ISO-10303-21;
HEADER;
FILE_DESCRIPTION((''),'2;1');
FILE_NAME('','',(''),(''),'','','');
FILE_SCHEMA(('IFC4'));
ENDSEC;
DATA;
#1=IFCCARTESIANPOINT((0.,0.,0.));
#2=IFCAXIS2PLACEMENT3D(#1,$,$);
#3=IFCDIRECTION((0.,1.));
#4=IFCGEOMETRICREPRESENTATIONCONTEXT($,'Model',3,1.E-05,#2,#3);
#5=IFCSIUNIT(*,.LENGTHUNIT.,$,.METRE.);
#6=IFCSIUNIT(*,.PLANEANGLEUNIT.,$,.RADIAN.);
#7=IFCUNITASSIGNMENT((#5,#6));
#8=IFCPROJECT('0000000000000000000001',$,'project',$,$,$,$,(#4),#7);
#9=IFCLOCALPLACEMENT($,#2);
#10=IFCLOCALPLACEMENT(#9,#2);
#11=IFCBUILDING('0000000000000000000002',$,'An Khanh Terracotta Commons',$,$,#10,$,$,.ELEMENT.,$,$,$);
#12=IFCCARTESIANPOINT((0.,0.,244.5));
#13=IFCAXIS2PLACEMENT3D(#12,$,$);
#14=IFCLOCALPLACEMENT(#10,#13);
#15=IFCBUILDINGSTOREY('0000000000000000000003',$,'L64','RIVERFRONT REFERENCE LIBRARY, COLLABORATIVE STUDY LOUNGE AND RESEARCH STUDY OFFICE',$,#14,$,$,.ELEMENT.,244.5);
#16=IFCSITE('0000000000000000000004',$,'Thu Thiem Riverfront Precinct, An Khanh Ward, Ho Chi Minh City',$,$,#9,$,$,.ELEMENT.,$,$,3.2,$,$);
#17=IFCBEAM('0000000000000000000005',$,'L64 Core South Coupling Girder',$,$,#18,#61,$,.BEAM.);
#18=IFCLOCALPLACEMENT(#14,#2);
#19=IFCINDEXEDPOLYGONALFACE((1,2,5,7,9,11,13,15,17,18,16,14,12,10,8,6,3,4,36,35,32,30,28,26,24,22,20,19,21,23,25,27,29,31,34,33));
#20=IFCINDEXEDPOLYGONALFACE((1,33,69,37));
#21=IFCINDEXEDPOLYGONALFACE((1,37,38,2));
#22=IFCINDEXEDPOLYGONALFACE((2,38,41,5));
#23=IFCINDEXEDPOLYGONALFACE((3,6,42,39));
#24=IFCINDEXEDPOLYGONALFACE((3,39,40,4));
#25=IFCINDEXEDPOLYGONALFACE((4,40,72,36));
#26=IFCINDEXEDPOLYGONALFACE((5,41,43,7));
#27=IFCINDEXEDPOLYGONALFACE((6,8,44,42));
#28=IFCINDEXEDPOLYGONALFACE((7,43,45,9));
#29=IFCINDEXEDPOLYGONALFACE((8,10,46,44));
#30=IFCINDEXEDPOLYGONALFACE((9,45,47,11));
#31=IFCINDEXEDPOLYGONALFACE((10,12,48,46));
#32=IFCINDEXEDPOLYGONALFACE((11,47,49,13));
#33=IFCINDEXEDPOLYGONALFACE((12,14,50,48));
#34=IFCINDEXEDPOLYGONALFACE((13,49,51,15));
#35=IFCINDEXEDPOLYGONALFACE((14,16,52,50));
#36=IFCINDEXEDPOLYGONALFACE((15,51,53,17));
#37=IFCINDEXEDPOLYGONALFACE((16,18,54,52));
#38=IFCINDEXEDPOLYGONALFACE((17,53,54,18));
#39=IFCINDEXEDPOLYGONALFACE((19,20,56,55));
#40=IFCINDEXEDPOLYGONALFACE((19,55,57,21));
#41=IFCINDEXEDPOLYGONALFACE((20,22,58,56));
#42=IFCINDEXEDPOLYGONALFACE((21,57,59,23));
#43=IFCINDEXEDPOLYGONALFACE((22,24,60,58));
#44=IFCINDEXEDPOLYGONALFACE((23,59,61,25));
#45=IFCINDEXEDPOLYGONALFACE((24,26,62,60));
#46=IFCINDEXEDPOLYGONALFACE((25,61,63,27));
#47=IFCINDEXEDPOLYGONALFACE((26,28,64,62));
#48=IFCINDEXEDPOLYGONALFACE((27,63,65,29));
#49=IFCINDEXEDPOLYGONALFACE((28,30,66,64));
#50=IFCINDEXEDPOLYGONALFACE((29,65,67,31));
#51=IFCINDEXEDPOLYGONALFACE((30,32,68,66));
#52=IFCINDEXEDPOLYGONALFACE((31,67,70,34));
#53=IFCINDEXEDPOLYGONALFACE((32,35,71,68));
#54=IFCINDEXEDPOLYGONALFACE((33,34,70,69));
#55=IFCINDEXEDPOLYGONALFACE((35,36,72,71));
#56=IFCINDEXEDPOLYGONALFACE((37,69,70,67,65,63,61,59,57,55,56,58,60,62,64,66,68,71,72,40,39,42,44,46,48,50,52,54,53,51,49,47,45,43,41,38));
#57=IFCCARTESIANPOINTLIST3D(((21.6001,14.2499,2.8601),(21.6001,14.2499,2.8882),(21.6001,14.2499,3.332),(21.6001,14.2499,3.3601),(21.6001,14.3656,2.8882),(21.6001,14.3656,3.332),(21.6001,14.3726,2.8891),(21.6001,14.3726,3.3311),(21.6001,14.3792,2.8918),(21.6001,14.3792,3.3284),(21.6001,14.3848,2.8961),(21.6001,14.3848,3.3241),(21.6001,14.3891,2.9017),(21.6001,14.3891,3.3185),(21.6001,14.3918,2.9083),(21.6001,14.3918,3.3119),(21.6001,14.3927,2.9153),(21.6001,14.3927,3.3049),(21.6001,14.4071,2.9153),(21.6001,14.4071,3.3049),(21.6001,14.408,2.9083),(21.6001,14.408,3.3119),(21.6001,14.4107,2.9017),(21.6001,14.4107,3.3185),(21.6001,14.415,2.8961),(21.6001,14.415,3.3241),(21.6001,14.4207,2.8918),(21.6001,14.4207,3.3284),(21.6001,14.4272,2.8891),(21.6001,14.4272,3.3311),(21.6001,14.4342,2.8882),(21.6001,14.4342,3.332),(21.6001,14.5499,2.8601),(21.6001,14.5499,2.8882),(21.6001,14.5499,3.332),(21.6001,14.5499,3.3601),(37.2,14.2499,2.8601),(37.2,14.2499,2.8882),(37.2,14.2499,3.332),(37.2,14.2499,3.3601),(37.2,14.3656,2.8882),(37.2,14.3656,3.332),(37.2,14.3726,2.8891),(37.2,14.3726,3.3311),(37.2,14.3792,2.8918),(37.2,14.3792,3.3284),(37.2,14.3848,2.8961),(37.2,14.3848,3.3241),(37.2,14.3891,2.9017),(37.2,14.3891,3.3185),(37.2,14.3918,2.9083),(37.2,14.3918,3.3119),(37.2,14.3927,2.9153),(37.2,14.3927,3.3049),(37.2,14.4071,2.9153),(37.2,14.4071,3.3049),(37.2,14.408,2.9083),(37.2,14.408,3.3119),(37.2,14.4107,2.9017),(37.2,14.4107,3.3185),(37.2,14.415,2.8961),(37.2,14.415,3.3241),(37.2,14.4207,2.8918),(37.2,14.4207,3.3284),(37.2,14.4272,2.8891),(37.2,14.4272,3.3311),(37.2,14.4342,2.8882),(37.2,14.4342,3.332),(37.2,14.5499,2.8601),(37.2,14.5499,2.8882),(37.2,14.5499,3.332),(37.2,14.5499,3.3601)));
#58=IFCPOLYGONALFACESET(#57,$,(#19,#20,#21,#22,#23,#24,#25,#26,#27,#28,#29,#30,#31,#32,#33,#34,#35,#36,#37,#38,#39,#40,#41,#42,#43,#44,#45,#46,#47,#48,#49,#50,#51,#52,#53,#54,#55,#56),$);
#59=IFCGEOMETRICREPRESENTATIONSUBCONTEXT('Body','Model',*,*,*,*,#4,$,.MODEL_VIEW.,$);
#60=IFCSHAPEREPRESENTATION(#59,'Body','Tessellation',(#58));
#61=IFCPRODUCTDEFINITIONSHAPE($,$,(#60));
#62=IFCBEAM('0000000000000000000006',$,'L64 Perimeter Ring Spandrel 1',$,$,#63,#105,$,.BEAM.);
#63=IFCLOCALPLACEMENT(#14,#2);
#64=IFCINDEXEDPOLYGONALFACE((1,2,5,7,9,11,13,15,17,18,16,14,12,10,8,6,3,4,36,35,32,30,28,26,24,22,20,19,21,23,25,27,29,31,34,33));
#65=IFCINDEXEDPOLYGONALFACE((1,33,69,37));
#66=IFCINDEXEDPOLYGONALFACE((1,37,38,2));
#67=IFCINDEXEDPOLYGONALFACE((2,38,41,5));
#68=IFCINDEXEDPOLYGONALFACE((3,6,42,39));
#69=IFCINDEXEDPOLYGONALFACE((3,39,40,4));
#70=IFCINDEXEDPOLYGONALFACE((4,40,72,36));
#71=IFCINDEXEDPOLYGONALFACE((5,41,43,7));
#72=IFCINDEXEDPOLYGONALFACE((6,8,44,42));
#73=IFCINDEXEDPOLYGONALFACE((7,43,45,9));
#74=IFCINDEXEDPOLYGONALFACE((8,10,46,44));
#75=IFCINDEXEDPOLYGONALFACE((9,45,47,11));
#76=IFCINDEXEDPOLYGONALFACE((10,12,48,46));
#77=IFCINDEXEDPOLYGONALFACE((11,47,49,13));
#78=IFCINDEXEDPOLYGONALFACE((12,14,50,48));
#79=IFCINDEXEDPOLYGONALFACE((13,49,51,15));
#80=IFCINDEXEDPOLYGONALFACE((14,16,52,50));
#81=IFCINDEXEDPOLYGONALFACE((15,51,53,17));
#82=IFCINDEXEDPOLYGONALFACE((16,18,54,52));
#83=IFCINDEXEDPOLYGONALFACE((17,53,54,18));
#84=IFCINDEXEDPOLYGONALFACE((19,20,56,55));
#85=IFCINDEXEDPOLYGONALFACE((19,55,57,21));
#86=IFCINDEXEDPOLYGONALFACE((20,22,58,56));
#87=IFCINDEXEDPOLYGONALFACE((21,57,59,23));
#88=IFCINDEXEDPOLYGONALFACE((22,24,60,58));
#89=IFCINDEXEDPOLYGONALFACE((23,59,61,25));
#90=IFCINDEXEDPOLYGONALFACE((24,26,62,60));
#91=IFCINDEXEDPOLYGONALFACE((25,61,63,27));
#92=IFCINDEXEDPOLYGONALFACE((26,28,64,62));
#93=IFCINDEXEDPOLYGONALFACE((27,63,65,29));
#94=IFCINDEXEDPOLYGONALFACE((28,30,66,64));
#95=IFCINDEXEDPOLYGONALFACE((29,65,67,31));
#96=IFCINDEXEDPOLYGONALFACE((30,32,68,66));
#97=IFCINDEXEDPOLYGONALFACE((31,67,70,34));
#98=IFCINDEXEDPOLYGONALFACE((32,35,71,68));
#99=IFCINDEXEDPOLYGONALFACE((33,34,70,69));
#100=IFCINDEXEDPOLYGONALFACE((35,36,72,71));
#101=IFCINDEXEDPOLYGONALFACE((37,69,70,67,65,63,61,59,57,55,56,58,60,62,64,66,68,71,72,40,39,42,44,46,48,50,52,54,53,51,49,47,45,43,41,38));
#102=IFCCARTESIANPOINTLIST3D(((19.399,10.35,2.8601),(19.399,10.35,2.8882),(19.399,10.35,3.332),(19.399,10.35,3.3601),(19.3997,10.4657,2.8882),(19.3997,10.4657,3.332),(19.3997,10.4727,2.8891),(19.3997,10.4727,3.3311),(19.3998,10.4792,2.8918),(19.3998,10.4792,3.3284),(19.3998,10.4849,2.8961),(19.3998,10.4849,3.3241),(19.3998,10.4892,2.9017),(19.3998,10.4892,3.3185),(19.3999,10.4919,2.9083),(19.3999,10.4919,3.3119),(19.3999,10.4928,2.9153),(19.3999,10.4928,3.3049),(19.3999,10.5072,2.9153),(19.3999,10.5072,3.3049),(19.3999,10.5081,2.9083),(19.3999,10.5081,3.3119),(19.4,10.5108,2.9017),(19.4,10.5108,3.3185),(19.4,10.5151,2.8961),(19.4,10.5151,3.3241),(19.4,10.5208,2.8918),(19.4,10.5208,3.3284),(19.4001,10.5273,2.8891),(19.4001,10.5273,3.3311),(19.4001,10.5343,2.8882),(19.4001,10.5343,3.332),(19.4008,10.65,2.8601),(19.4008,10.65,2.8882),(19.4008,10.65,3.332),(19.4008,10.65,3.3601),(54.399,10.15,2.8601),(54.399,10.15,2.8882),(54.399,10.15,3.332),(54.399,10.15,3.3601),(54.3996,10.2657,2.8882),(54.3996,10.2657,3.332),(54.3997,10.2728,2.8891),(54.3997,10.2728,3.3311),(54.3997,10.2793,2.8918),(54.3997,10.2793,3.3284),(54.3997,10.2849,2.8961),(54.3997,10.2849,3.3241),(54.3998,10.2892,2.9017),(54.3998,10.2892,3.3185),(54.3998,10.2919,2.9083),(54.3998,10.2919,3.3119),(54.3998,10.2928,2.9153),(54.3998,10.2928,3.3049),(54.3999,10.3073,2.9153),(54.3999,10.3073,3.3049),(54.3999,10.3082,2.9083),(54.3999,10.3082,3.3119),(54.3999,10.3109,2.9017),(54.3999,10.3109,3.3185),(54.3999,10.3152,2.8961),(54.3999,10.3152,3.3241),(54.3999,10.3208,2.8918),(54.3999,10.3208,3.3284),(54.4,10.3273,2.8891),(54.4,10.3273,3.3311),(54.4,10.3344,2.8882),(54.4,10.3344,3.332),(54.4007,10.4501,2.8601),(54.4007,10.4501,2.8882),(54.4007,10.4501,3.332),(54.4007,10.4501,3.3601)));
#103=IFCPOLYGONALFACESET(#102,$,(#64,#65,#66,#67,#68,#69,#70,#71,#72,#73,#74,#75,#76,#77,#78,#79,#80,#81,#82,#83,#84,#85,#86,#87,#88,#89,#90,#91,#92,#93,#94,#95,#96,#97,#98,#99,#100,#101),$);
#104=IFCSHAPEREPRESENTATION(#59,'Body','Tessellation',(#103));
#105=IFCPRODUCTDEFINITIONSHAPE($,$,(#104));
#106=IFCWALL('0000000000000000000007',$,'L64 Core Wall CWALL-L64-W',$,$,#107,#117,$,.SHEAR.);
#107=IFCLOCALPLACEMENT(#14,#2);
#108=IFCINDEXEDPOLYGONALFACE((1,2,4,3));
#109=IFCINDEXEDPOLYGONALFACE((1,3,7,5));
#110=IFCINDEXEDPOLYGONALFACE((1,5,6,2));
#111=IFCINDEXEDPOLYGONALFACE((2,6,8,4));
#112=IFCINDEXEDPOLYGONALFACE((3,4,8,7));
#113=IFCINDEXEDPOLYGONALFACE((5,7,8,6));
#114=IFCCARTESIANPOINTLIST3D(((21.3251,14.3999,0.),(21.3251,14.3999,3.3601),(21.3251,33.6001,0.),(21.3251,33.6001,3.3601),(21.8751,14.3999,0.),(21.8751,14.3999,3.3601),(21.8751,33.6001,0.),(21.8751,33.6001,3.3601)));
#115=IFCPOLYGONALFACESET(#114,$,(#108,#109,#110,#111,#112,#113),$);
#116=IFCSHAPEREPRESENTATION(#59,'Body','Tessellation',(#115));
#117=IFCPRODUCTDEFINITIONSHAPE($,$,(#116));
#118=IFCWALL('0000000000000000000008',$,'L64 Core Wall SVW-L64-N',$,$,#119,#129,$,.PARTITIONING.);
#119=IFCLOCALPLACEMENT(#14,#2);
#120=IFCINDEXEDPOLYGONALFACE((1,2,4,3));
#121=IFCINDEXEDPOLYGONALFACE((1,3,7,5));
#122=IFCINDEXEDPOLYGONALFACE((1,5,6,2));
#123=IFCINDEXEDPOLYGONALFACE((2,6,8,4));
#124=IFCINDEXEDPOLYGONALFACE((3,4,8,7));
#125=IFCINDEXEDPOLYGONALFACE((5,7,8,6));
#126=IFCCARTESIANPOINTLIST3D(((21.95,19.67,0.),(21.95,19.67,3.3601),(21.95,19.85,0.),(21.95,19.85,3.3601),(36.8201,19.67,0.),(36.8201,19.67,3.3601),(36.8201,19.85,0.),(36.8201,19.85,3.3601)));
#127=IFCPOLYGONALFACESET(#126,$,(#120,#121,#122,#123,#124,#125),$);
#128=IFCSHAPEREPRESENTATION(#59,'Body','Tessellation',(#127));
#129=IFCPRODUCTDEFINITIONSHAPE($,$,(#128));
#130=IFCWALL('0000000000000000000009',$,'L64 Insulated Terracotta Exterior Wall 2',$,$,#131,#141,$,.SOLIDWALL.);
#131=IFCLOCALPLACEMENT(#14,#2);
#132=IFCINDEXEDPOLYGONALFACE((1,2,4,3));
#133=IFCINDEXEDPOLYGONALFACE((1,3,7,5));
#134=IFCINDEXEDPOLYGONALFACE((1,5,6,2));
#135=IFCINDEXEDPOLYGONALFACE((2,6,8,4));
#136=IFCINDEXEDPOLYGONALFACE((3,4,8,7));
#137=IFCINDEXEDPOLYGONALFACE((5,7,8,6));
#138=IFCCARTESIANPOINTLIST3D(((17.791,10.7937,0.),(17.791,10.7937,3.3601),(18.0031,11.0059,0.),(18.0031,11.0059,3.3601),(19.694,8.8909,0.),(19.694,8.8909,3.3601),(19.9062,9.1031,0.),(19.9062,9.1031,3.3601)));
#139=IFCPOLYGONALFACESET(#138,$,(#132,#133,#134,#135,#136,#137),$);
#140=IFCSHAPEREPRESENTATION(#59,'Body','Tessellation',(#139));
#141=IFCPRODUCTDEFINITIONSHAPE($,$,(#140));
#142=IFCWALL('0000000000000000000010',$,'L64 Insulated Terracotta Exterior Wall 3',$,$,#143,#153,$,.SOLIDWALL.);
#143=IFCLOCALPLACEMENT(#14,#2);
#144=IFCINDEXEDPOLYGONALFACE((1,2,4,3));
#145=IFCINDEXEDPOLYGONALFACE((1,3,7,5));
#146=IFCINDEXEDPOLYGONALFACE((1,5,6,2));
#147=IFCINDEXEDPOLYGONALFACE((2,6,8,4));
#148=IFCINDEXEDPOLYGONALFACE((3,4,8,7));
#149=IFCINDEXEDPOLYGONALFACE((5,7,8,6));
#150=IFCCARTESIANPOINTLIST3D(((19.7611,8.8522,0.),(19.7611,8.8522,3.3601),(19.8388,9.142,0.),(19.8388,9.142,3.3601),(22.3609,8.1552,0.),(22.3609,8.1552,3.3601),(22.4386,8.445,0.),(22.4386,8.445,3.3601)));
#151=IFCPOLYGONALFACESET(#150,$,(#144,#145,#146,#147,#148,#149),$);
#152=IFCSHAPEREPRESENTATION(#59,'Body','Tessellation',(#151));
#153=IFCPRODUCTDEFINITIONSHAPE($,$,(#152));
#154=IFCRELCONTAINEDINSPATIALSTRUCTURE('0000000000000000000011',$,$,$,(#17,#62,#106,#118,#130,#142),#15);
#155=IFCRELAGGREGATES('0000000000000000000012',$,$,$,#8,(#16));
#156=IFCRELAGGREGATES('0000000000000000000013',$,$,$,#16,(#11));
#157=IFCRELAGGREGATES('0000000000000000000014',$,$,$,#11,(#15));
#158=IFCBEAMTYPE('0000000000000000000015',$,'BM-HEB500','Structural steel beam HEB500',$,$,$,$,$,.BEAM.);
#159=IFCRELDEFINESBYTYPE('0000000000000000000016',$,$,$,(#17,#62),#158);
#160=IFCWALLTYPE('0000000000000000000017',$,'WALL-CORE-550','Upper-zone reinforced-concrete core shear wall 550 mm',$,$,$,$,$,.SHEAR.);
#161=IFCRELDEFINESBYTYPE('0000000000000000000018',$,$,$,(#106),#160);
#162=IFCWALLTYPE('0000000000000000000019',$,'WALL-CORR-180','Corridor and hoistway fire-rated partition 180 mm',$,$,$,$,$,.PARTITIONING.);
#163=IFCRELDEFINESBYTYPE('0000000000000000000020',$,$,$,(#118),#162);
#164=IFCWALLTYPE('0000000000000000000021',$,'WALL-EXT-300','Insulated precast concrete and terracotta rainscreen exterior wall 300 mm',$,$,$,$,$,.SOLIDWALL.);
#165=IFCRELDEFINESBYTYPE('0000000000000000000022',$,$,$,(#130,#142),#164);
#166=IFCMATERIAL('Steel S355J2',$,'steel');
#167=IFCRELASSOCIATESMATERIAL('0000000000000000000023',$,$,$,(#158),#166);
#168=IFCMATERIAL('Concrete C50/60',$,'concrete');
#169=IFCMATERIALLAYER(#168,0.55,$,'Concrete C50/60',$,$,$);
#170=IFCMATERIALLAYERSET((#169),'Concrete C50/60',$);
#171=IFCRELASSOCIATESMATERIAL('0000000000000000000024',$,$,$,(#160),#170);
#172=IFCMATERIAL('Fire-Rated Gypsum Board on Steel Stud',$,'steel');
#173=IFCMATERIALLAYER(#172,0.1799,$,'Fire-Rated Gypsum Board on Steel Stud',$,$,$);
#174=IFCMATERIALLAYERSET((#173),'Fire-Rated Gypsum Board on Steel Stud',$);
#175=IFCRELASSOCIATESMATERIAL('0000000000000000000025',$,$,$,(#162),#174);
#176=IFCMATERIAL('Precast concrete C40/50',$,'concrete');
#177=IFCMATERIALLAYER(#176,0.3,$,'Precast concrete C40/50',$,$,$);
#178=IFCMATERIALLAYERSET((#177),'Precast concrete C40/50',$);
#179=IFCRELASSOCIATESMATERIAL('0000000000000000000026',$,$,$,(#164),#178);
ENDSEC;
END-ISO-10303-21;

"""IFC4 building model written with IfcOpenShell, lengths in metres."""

from ifc_helpers import new_model, si_unit, direction, frame, frame_2d, origin, origin_2d, place, context, subcontext, project, spatial, rectangle, i_section, extrude, material, layer, layer_set, material_profile, profile_set, type_object, element, save


model = new_model("IFC4")

# Units and contexts
model_context = context("Model", 3, precision=1e-05, world=origin(), true_north=direction((0.0, 1.0)))
body_context = subcontext(model_context, "Body", "Model", "MODEL_VIEW")
ifc_project = project(units=[si_unit("LENGTHUNIT", "METRE"), si_unit("PLANEANGLEUNIT", "RADIAN")], contexts=[model_context])

# Site, building, storey
site_placement = place(None, origin())
site = spatial("IfcSite", under=ifc_project, at=site_placement, Name="Thu Thiem Riverfront Precinct, An Khanh Ward, Ho Chi Minh City", CompositionType="ELEMENT", RefElevation=3.2)
building_placement = place(site_placement, origin())
building = spatial("IfcBuilding", under=site, at=building_placement, Name="An Khanh Terracotta Commons", CompositionType="ELEMENT")
storey_placement = place(building_placement, frame((0.0, 0.0, 244.5)))
storey = spatial("IfcBuildingStorey", under=building, at=storey_placement, Name="L64", Description="RIVERFRONT REFERENCE LIBRARY, COLLABORATIVE STUDY LOUNGE AND RESEARCH STUDY OFFICE", CompositionType="ELEMENT", Elevation=244.5)

# Beams
ifc_material_1 = material(Name="Steel S355J2", Category="steel")
ifc_material_profile_1 = material_profile(ifc_material_1, i_section(OverallWidth=0.3, OverallDepth=0.5, WebThickness=0.0144, FlangeThickness=0.0281, FilletRadius=0.0271, at=origin_2d()), Name="HEB500")
ifc_profile_set_1 = profile_set([ifc_material_profile_1], Name="Steel S355J2")
beam_type_1 = type_object("IfcBeamType", Name="BM-HEB500", Description="Structural steel beam HEB500", PredefinedType="BEAM", material=ifc_profile_set_1)
beam_1_placement = place(storey_placement, frame((21.6001, 14.3999, 3.1101), z_axis=(1.0, 0.0, 0.0), x_axis=(0.0, 1.0, 0.0)))
element("IfcBeam", 1, at=beam_1_placement, inside=storey, type_object=beam_type_1, Name="L64 Core South Coupling Girder", PredefinedType="BEAM", context=body_context, shape_type="SweptSolid", body=[
    extrude(i_section(OverallWidth=0.3, OverallDepth=0.5, WebThickness=0.0144, FlangeThickness=0.0281, FilletRadius=0.0271, at=origin_2d()), origin(), (0.0, 0.0, 1.0), 15.5999),
])
beam_2_placement = place(storey_placement, frame((19.3999, 10.5, 3.1101), z_axis=(0.999984, -0.005713, 0.0), x_axis=(0.005713, 0.999984, 0.0)))
element("IfcBeam", 2, at=beam_2_placement, inside=storey, type_object=beam_type_1, Name="L64 Perimeter Ring Spandrel 1", PredefinedType="BEAM", context=body_context, shape_type="SweptSolid", body=[
    extrude(i_section(OverallWidth=0.3, OverallDepth=0.5, WebThickness=0.0144, FlangeThickness=0.0281, FilletRadius=0.0271, at=origin_2d()), origin(), (0.0, 0.0, 1.0), 35.0005),
])

# Walls
ifc_material_2 = material(Name="Concrete C50/60", Category="concrete")
ifc_layer_1 = layer(ifc_material_2, 0.55, Name="Concrete C50/60")
ifc_layer_set_1 = layer_set([ifc_layer_1], Name="Concrete C50/60")
wall_type_1 = type_object("IfcWallType", Name="WALL-CORE-550", Description="Upper-zone reinforced-concrete core shear wall 550 mm", PredefinedType="SHEAR", material=ifc_layer_set_1)
wall_1_placement = place(storey_placement, frame((21.6001, 14.3999, 0.0), z_axis=(0.0, 0.0, 1.0), x_axis=(0.0, 1.0, 0.0)))
element("IfcWall", 3, at=wall_1_placement, inside=storey, type_object=wall_type_1, Name="L64 Core Wall CWALL-L64-W", PredefinedType="SHEAR", context=body_context, shape_type="SweptSolid", body=[
    extrude(rectangle(XDim=19.2002, YDim=0.55, at=frame_2d((9.6001, 0.0))), origin(), (0.0, 0.0, 1.0), 3.3601),
])
ifc_material_3 = material(Name="Fire-Rated Gypsum Board on Steel Stud", Category="steel")
ifc_layer_2 = layer(ifc_material_3, 0.1799, Name="Fire-Rated Gypsum Board on Steel Stud")
ifc_layer_set_2 = layer_set([ifc_layer_2], Name="Fire-Rated Gypsum Board on Steel Stud")
wall_type_2 = type_object("IfcWallType", Name="WALL-CORR-180", Description="Corridor and hoistway fire-rated partition 180 mm", PredefinedType="PARTITIONING", material=ifc_layer_set_2)
wall_2_placement = place(storey_placement, frame((21.95, 19.76, 0.0), z_axis=(0.0, 0.0, 1.0), x_axis=(1.0, 0.0, 0.0)))
element("IfcWall", 4, at=wall_2_placement, inside=storey, type_object=wall_type_2, Name="L64 Core Wall SVW-L64-N", PredefinedType="PARTITIONING", context=body_context, shape_type="SweptSolid", body=[
    extrude(rectangle(XDim=14.8701, YDim=0.1799, at=frame_2d((7.4351, 0.0))), origin(), (0.0, 0.0, 1.0), 3.3601),
])
ifc_material_4 = material(Name="Precast concrete C40/50", Category="concrete")
ifc_layer_3 = layer(ifc_material_4, 0.3, Name="Precast concrete C40/50")
ifc_layer_set_3 = layer_set([ifc_layer_3], Name="Precast concrete C40/50")
wall_type_3 = type_object("IfcWallType", Name="WALL-EXT-300", Description="Insulated precast concrete and terracotta rainscreen exterior wall 300 mm", PredefinedType="SOLIDWALL", material=ifc_layer_set_3)
wall_3_placement = place(storey_placement, frame((17.897, 10.8999, 0.0), z_axis=(0.0, 0.0, 1.0), x_axis=(0.707152, -0.707061, 0.0)))
element("IfcWall", 5, at=wall_3_placement, inside=storey, type_object=wall_type_3, Name="L64 Insulated Terracotta Exterior Wall 2", PredefinedType="SOLIDWALL", context=body_context, shape_type="SweptSolid", body=[
    extrude(rectangle(XDim=2.6912, YDim=0.3, at=frame_2d((1.3457, 0.0))), origin(), (0.0, 0.0, 1.0), 3.3601),
])
wall_4_placement = place(storey_placement, frame((19.8, 8.9971, 0.0), z_axis=(0.0, 0.0, 1.0), x_axis=(0.965889, -0.258955, 0.0)))
element("IfcWall", 6, at=wall_4_placement, inside=storey, type_object=wall_type_3, Name="L64 Insulated Terracotta Exterior Wall 3", PredefinedType="SOLIDWALL", context=body_context, shape_type="SweptSolid", body=[
    extrude(rectangle(XDim=2.6917, YDim=0.3, at=frame_2d((1.3457, 0.0))), origin(), (0.0, 0.0, 1.0), 3.3601),
])

save(model, "model.ifc")
